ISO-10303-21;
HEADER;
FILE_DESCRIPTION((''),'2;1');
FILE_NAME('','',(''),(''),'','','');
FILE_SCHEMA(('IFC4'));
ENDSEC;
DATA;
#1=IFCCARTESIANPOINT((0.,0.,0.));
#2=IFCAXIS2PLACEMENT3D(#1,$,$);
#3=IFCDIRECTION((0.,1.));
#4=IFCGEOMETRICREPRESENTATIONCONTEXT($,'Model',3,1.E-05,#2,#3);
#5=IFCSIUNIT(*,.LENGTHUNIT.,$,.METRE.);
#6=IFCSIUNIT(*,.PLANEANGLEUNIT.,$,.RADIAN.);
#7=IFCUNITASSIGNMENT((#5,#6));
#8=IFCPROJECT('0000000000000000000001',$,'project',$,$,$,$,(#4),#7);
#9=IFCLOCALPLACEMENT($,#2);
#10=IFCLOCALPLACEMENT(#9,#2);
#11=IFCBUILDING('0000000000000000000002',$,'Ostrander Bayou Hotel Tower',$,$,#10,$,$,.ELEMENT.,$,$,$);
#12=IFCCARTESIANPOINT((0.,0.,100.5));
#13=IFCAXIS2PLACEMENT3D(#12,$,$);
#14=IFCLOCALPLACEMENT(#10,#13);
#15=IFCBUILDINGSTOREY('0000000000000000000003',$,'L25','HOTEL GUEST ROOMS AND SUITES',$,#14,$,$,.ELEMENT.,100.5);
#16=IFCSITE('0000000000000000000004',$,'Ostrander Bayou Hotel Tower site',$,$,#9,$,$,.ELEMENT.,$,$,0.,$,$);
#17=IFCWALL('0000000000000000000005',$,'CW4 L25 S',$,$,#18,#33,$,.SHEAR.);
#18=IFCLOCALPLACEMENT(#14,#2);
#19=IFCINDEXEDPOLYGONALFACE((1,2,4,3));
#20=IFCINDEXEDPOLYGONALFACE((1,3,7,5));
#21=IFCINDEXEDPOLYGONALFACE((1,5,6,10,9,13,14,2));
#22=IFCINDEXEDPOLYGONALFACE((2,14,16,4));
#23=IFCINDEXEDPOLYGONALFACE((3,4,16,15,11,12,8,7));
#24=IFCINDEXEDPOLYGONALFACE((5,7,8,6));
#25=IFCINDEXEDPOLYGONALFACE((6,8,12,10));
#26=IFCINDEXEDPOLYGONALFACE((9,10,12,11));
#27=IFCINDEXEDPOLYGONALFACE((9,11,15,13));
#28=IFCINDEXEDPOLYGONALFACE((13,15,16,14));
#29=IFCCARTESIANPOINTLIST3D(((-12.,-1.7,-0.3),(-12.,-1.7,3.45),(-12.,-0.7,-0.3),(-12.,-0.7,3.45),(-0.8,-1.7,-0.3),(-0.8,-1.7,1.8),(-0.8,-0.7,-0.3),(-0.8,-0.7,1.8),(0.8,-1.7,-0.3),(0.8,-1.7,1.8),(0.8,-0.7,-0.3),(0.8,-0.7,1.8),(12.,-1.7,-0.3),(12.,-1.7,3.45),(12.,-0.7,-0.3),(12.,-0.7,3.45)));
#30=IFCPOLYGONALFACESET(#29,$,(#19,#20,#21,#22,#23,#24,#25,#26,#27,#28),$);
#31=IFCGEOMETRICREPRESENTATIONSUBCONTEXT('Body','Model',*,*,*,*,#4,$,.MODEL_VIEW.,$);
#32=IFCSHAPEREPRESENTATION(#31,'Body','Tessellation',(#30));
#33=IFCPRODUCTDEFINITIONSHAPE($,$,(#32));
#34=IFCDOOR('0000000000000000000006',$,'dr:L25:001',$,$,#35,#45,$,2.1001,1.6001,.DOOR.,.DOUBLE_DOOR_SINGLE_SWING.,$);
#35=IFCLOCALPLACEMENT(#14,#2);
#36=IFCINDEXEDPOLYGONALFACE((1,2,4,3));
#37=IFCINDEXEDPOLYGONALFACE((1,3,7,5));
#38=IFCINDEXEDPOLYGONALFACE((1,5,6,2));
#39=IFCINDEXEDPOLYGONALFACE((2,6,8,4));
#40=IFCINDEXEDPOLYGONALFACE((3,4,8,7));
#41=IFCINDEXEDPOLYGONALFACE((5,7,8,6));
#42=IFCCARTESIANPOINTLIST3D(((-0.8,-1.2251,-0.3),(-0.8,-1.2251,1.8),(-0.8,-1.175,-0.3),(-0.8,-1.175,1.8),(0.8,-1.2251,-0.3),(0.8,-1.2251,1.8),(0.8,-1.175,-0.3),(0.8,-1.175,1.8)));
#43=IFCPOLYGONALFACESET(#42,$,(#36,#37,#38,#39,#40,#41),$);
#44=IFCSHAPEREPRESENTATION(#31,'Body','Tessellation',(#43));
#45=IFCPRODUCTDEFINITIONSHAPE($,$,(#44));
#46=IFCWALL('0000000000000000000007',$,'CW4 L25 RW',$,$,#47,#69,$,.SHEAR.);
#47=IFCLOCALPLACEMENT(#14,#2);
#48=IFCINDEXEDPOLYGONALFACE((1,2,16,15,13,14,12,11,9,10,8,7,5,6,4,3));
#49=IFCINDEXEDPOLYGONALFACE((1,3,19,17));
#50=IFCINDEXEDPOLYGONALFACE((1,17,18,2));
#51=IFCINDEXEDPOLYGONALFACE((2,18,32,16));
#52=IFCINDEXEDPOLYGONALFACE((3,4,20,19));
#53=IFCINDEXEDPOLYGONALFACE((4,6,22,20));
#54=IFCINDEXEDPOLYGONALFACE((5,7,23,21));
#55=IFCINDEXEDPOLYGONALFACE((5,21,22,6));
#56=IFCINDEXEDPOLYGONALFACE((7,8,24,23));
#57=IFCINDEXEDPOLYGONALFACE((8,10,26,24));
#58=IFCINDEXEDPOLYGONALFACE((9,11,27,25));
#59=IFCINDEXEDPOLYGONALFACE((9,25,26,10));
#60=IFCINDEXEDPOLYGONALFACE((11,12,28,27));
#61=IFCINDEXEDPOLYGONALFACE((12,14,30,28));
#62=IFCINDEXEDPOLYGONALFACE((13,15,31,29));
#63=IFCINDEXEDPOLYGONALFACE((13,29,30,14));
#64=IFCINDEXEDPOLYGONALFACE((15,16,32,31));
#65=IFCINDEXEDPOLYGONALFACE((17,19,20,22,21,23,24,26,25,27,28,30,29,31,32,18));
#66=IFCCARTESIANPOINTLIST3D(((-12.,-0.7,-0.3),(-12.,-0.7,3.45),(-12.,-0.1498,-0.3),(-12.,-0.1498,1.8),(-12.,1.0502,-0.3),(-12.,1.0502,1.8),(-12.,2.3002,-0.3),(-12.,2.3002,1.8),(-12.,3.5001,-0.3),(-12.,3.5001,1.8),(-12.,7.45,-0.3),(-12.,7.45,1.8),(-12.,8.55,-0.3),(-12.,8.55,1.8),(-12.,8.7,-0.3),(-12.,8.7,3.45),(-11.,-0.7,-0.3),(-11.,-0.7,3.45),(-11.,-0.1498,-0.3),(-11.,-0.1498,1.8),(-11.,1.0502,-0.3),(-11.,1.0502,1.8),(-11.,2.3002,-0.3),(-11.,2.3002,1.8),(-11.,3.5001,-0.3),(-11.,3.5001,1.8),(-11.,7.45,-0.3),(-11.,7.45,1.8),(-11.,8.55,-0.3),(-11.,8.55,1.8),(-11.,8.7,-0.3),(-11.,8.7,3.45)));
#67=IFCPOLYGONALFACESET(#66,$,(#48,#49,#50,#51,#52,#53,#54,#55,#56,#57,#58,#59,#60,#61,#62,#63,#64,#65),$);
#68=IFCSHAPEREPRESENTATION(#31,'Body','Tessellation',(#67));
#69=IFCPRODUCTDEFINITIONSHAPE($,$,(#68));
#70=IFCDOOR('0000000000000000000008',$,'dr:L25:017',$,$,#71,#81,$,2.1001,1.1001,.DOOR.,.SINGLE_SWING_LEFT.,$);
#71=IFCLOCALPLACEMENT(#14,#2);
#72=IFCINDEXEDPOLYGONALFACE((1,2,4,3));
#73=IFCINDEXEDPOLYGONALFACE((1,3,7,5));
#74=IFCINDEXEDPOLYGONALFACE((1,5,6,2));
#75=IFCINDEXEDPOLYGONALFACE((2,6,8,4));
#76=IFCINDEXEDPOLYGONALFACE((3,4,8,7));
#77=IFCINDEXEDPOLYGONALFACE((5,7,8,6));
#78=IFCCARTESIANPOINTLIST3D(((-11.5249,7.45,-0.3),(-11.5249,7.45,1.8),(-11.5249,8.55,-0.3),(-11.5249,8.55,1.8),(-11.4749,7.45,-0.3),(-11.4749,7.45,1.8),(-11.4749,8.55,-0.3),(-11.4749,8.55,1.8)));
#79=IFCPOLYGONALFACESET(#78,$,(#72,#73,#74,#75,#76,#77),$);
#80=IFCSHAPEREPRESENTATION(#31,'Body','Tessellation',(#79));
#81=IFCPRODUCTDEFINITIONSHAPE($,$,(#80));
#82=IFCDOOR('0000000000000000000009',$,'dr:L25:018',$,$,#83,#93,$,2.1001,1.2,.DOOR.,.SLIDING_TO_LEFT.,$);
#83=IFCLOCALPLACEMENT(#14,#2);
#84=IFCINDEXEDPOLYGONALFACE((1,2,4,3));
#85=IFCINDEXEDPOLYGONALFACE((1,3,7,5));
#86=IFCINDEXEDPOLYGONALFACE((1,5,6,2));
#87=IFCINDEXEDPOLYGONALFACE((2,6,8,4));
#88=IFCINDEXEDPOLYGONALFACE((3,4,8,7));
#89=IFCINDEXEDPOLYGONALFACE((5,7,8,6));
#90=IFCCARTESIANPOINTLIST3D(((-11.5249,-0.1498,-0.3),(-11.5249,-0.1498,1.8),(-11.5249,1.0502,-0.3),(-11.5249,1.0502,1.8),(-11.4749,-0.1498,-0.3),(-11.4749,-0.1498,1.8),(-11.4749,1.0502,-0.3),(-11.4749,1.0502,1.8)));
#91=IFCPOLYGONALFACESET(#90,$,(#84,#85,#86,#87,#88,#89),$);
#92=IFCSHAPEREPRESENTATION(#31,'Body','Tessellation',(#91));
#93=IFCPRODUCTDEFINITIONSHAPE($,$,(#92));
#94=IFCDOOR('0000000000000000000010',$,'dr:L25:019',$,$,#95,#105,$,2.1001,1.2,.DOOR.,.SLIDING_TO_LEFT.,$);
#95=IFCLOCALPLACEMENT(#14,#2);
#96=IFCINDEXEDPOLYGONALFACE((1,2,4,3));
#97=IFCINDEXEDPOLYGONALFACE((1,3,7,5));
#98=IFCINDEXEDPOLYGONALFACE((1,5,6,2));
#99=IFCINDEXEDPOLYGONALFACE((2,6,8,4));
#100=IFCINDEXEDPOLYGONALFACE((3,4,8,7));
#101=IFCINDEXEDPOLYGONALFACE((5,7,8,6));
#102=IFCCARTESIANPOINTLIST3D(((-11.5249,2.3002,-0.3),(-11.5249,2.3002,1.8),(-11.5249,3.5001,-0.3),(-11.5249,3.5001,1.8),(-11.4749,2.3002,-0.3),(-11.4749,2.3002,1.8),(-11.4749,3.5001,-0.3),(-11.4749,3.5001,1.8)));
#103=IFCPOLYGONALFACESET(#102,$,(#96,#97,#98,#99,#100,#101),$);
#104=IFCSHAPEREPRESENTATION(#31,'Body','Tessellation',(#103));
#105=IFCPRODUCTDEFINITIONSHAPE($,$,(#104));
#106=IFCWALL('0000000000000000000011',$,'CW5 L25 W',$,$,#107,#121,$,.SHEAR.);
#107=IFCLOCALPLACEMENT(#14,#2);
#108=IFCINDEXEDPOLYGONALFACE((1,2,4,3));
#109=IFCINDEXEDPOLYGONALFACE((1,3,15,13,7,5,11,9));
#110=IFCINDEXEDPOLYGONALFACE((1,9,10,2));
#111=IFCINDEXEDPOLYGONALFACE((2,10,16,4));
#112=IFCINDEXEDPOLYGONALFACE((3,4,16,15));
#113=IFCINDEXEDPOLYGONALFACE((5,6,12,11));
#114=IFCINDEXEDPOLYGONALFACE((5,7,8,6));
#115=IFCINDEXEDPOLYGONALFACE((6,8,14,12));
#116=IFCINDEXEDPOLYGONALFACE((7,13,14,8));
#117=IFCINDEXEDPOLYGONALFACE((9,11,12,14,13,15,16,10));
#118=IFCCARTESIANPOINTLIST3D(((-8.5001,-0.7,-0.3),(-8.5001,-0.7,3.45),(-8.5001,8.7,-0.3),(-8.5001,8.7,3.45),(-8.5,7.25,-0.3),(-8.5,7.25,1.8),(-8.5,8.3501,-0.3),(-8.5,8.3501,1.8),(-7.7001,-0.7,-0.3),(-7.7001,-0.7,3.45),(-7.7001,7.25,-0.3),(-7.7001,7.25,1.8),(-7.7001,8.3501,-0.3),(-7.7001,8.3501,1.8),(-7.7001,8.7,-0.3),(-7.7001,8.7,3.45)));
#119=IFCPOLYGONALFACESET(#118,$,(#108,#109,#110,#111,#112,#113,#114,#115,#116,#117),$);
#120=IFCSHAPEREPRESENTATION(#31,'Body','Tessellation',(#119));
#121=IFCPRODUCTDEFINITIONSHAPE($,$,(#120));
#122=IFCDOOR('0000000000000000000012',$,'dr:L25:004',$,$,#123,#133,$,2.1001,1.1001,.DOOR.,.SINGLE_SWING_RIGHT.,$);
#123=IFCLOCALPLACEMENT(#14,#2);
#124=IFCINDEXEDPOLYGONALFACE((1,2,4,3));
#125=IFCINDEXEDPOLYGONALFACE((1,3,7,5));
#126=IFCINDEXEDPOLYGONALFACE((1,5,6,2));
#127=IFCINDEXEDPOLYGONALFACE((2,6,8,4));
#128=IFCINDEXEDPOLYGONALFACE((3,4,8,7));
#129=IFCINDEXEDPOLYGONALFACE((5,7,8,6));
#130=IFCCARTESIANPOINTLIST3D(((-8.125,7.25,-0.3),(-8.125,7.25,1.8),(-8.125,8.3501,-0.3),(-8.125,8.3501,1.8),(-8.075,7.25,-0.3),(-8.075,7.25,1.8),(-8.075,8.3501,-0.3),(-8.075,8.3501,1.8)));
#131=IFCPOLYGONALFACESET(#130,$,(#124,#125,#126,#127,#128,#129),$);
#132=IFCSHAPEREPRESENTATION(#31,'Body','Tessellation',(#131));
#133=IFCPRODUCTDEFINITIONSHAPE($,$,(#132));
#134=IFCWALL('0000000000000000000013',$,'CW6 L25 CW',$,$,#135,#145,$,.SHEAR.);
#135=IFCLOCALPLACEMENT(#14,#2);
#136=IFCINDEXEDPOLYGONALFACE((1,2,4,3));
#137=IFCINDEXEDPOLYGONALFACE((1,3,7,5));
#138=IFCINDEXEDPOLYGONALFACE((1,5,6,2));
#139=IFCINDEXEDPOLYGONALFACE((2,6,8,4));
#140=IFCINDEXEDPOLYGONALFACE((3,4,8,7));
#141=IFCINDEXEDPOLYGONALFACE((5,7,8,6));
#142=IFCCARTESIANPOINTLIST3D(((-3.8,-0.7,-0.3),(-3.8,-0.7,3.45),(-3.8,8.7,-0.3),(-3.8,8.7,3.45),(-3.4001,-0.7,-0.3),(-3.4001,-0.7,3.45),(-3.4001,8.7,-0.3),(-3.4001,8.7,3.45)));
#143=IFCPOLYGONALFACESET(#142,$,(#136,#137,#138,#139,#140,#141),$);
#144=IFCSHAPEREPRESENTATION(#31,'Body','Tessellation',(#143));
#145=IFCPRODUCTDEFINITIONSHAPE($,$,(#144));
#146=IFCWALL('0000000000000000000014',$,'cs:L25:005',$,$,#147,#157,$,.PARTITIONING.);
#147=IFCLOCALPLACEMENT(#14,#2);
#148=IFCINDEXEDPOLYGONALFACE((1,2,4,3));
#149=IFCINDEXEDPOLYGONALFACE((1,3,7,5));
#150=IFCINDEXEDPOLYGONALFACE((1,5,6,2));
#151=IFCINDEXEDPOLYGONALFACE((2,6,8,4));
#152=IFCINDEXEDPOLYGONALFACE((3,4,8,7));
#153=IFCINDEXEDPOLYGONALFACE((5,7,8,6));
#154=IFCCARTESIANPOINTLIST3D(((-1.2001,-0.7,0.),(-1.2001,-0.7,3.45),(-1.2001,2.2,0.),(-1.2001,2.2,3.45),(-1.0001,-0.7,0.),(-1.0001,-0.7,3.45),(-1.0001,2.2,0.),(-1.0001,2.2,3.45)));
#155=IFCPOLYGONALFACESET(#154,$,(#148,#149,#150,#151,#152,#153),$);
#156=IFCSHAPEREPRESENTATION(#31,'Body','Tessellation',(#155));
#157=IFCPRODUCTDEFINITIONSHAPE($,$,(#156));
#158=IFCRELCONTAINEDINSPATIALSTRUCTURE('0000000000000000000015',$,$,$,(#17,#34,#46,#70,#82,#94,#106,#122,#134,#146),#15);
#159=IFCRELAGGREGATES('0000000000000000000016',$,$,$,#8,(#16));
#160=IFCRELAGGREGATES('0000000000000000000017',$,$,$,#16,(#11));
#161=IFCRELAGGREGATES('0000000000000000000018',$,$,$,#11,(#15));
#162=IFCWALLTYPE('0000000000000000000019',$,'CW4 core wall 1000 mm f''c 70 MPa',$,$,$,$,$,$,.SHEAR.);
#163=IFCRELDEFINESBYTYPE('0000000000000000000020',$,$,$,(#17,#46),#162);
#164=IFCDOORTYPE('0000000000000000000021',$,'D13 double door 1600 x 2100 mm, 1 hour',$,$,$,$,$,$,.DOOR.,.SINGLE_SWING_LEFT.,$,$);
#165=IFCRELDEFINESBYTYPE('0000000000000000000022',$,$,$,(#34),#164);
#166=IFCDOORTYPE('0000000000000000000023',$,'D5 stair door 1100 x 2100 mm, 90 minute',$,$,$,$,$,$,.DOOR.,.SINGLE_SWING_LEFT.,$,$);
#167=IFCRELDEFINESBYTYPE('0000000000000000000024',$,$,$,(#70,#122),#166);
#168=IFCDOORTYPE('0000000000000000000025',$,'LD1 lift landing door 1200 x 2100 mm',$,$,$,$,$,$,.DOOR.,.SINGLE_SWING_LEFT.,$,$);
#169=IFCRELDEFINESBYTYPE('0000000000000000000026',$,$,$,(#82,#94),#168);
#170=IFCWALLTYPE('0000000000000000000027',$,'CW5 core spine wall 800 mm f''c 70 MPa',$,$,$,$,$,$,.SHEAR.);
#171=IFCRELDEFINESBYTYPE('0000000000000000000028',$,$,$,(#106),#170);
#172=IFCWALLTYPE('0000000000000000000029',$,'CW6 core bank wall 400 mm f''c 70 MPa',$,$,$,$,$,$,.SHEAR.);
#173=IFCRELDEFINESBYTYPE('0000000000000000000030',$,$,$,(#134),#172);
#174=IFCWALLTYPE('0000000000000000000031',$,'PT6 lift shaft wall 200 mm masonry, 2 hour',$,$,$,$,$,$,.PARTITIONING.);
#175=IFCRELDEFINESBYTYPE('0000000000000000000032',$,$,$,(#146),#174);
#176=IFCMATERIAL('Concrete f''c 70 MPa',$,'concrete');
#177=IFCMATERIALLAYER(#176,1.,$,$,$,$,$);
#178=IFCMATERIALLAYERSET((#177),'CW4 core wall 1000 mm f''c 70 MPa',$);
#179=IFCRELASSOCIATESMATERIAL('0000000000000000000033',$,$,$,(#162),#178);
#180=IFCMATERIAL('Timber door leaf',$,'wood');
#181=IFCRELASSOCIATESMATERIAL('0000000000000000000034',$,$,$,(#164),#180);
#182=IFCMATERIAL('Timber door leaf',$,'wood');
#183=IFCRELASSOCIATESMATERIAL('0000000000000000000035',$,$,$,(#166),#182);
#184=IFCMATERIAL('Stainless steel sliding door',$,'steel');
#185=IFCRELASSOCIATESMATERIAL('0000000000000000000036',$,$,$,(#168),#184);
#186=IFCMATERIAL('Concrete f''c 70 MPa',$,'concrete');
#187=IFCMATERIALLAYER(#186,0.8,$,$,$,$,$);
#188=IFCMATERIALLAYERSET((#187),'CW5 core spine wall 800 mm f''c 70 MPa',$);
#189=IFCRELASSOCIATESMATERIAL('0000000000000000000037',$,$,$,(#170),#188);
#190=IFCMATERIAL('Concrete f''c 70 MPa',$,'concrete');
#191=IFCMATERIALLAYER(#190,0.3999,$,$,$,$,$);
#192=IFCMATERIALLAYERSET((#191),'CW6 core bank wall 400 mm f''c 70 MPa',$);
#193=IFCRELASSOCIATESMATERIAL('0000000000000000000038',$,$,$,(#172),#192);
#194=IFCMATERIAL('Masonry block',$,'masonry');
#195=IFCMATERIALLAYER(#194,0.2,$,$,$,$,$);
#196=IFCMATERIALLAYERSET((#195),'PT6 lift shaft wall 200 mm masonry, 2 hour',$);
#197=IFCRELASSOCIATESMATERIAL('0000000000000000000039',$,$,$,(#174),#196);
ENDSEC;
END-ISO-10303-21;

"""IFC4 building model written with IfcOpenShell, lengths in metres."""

from ifc_helpers import new_model, si_unit, direction, frame, frame_2d, origin, place, context, subcontext, project, spatial, rectangle, extrude, material, layer, layer_set, type_object, element, fill, save


model = new_model("IFC4")

# Units and contexts
model_context = context("Model", 3, precision=1e-05, world=origin(), true_north=direction((0.0, 1.0)))
body_context = subcontext(model_context, "Body", "Model", "MODEL_VIEW")
ifc_project = project(units=[si_unit("LENGTHUNIT", "METRE"), si_unit("PLANEANGLEUNIT", "RADIAN")], contexts=[model_context])

# Site, building, storey
site_placement = place(None, origin())
site = spatial("IfcSite", under=ifc_project, at=site_placement, Name="Ostrander Bayou Hotel Tower site", CompositionType="ELEMENT", RefElevation=0.0)
building_placement = place(site_placement, origin())
building = spatial("IfcBuilding", under=site, at=building_placement, Name="Ostrander Bayou Hotel Tower", CompositionType="ELEMENT")
storey_placement = place(building_placement, frame((0.0, 0.0, 100.5)))
storey = spatial("IfcBuildingStorey", under=building, at=storey_placement, Name="L25", Description="HOTEL GUEST ROOMS AND SUITES", CompositionType="ELEMENT", Elevation=100.5)

# Wall, opening, door
ifc_material_1 = material(Name="Concrete f'c 70 MPa", Category="concrete")
ifc_layer_1 = layer(ifc_material_1, 1.0)
ifc_layer_set_1 = layer_set([ifc_layer_1], Name="CW4 core wall 1000 mm f'c 70 MPa")
wall_type_1 = type_object("IfcWallType", Name="CW4 core wall 1000 mm f'c 70 MPa", PredefinedType="SHEAR", material=ifc_layer_set_1)
wall_1_placement = place(storey_placement, frame((-12.0, -1.2, -0.3), z_axis=(0.0, 0.0, 1.0), x_axis=(1.0, 0.0, 0.0)))
wall_1 = element("IfcWall", 1, at=wall_1_placement, inside=storey, type_object=wall_type_1, Name="CW4 L25 S", PredefinedType="SHEAR", context=body_context, shape_type="SweptSolid", body=[
    extrude(rectangle(XDim=24.0, YDim=1.0, at=frame_2d((12.0, 0.0))), origin(), (0.0, 0.0, 1.0), 3.75),
])
opening_1_placement = place(wall_1_placement, frame((11.2, 0.0, 0.0)))
opening_1 = element("IfcOpeningElement", 2, at=opening_1_placement, cuts=wall_1, PredefinedType="OPENING", context=body_context, shape_type="SweptSolid", body=[
    extrude(rectangle(XDim=1.6001, YDim=2.1001, at=frame_2d((0.8, 1.05))), frame((0.0, 0.5, 0.0), z_axis=(0.0, -1.0, 0.0), x_axis=(1.0, 0.0, 0.0)), (0.0, 0.0, 1.0), 1.0),
])
ifc_material_2 = material(Name="Timber door leaf", Category="wood")
door_type_1 = type_object("IfcDoorType", Name="D13 double door 1600 x 2100 mm, 1 hour", OperationType="SINGLE_SWING_LEFT", PredefinedType="DOOR", material=ifc_material_2)
door_1_placement = place(opening_1_placement, origin())
door_1 = element("IfcDoor", 3, at=door_1_placement, inside=storey, type_object=door_type_1, Name="dr:L25:001", OperationType="DOUBLE_DOOR_SINGLE_SWING", OverallHeight=2.1001, OverallWidth=1.6001, PredefinedType="DOOR", context=body_context, shape_type="SweptSolid", body=[
    extrude(rectangle(XDim=1.6001, YDim=2.1001, at=frame_2d((0.8, 1.05))), frame((0.0, 0.0249, 0.0), z_axis=(0.0, -1.0, 0.0), x_axis=(1.0, 0.0, 0.0)), (0.0, 0.0, 1.0), 0.05),
])
fill(opening_1, door_1)

# Wall, openings, doors
wall_2_placement = place(storey_placement, frame((-11.5, -0.7, -0.3), z_axis=(0.0, 0.0, 1.0), x_axis=(0.0, 1.0, 0.0)))
wall_2 = element("IfcWall", 4, at=wall_2_placement, inside=storey, type_object=wall_type_1, Name="CW4 L25 RW", PredefinedType="SHEAR", context=body_context, shape_type="SweptSolid", body=[
    extrude(rectangle(XDim=9.3999, YDim=1.0, at=frame_2d((4.7, 0.0))), origin(), (0.0, 0.0, 1.0), 3.75),
])
opening_2_placement = place(wall_2_placement, frame((8.1499, 0.0, 0.0)))
opening_2 = element("IfcOpeningElement", 5, at=opening_2_placement, cuts=wall_2, PredefinedType="OPENING", context=body_context, shape_type="SweptSolid", body=[
    extrude(rectangle(XDim=1.1001, YDim=2.1001, at=frame_2d((0.55, 1.05))), frame((0.0, 0.5, 0.0), z_axis=(0.0, -1.0, 0.0), x_axis=(1.0, 0.0, 0.0)), (0.0, 0.0, 1.0), 1.0),
])
opening_3_placement = place(wall_2_placement, frame((0.55, 0.0, 0.0)))
opening_3 = element("IfcOpeningElement", 6, at=opening_3_placement, cuts=wall_2, PredefinedType="OPENING", context=body_context, shape_type="SweptSolid", body=[
    extrude(rectangle(XDim=1.2, YDim=2.1001, at=frame_2d((0.6001, 1.05))), frame((0.0, 0.5, 0.0), z_axis=(0.0, -1.0, 0.0), x_axis=(1.0, 0.0, 0.0)), (0.0, 0.0, 1.0), 1.0),
])
opening_4_placement = place(wall_2_placement, frame((3.0, 0.0, 0.0)))
opening_4 = element("IfcOpeningElement", 7, at=opening_4_placement, cuts=wall_2, PredefinedType="OPENING", context=body_context, shape_type="SweptSolid", body=[
    extrude(rectangle(XDim=1.2, YDim=2.1001, at=frame_2d((0.6001, 1.05))), frame((0.0, 0.5, 0.0), z_axis=(0.0, -1.0, 0.0), x_axis=(1.0, 0.0, 0.0)), (0.0, 0.0, 1.0), 1.0),
])
ifc_material_3 = material(Name="Timber door leaf", Category="wood")
door_type_2 = type_object("IfcDoorType", Name="D5 stair door 1100 x 2100 mm, 90 minute", OperationType="SINGLE_SWING_LEFT", PredefinedType="DOOR", material=ifc_material_3)
door_2_placement = place(opening_2_placement, origin())
door_2 = element("IfcDoor", 8, at=door_2_placement, inside=storey, type_object=door_type_2, Name="dr:L25:017", OperationType="SINGLE_SWING_LEFT", OverallHeight=2.1001, OverallWidth=1.1001, PredefinedType="DOOR", context=body_context, shape_type="SweptSolid", body=[
    extrude(rectangle(XDim=1.1001, YDim=2.1001, at=frame_2d((0.55, 1.05))), frame((0.0, 0.0249, 0.0), z_axis=(0.0, -1.0, 0.0), x_axis=(1.0, 0.0, 0.0)), (0.0, 0.0, 1.0), 0.05),
])
fill(opening_2, door_2)
ifc_material_4 = material(Name="Stainless steel sliding door", Category="steel")
door_type_3 = type_object("IfcDoorType", Name="LD1 lift landing door 1200 x 2100 mm", OperationType="SINGLE_SWING_LEFT", PredefinedType="DOOR", material=ifc_material_4)
door_3_placement = place(opening_3_placement, origin())
door_3 = element("IfcDoor", 9, at=door_3_placement, inside=storey, type_object=door_type_3, Name="dr:L25:018", OperationType="SLIDING_TO_LEFT", OverallHeight=2.1001, OverallWidth=1.2, PredefinedType="DOOR", context=body_context, shape_type="SweptSolid", body=[
    extrude(rectangle(XDim=1.2, YDim=2.1001, at=frame_2d((0.6001, 1.05))), frame((0.0, 0.0249, 0.0), z_axis=(0.0, -1.0, 0.0), x_axis=(1.0, 0.0, 0.0)), (0.0, 0.0, 1.0), 0.05),
])
fill(opening_3, door_3)
door_4_placement = place(opening_4_placement, origin())
door_4 = element("IfcDoor", 10, at=door_4_placement, inside=storey, type_object=door_type_3, Name="dr:L25:019", OperationType="SLIDING_TO_LEFT", OverallHeight=2.1001, OverallWidth=1.2, PredefinedType="DOOR", context=body_context, shape_type="SweptSolid", body=[
    extrude(rectangle(XDim=1.2, YDim=2.1001, at=frame_2d((0.6001, 1.05))), frame((0.0, 0.0249, 0.0), z_axis=(0.0, -1.0, 0.0), x_axis=(1.0, 0.0, 0.0)), (0.0, 0.0, 1.0), 0.05),
])
fill(opening_4, door_4)

# Wall, opening, door
ifc_material_5 = material(Name="Concrete f'c 70 MPa", Category="concrete")
ifc_layer_2 = layer(ifc_material_5, 0.8)
ifc_layer_set_2 = layer_set([ifc_layer_2], Name="CW5 core spine wall 800 mm f'c 70 MPa")
wall_type_2 = type_object("IfcWallType", Name="CW5 core spine wall 800 mm f'c 70 MPa", PredefinedType="SHEAR", material=ifc_layer_set_2)
wall_3_placement = place(storey_placement, frame((-8.1001, -0.7, -0.3), z_axis=(0.0, 0.0, 1.0), x_axis=(0.0, 1.0, 0.0)))
wall_3 = element("IfcWall", 11, at=wall_3_placement, inside=storey, type_object=wall_type_2, Name="CW5 L25 W", PredefinedType="SHEAR", context=body_context, shape_type="SweptSolid", body=[
    extrude(rectangle(XDim=9.3999, YDim=0.8, at=frame_2d((4.7, 0.0))), origin(), (0.0, 0.0, 1.0), 3.75),
])
opening_5_placement = place(wall_3_placement, frame((7.95, 0.0, 0.0)))
opening_5 = element("IfcOpeningElement", 12, at=opening_5_placement, cuts=wall_3, PredefinedType="OPENING", context=body_context, shape_type="SweptSolid", body=[
    extrude(rectangle(XDim=1.1001, YDim=2.1001, at=frame_2d((0.55, 1.05))), frame((0.0, 0.3999, 0.0), z_axis=(0.0, -1.0, 0.0), x_axis=(1.0, 0.0, 0.0)), (0.0, 0.0, 1.0), 0.8),
])
door_5_placement = place(opening_5_placement, origin())
door_5 = element("IfcDoor", 13, at=door_5_placement, inside=storey, type_object=door_type_2, Name="dr:L25:004", OperationType="SINGLE_SWING_RIGHT", OverallHeight=2.1001, OverallWidth=1.1001, PredefinedType="DOOR", context=body_context, shape_type="SweptSolid", body=[
    extrude(rectangle(XDim=1.1001, YDim=2.1001, at=frame_2d((0.55, 1.05))), frame((0.0, 0.0249, 0.0), z_axis=(0.0, -1.0, 0.0), x_axis=(1.0, 0.0, 0.0)), (0.0, 0.0, 1.0), 0.05),
])
fill(opening_5, door_5)

# Walls
ifc_material_6 = material(Name="Concrete f'c 70 MPa", Category="concrete")
ifc_layer_3 = layer(ifc_material_6, 0.3999)
ifc_layer_set_3 = layer_set([ifc_layer_3], Name="CW6 core bank wall 400 mm f'c 70 MPa")
wall_type_3 = type_object("IfcWallType", Name="CW6 core bank wall 400 mm f'c 70 MPa", PredefinedType="SHEAR", material=ifc_layer_set_3)
wall_4_placement = place(storey_placement, frame((-3.6001, -0.7, -0.3), z_axis=(0.0, 0.0, 1.0), x_axis=(0.0, 1.0, 0.0)))
element("IfcWall", 14, at=wall_4_placement, inside=storey, type_object=wall_type_3, Name="CW6 L25 CW", PredefinedType="SHEAR", context=body_context, shape_type="SweptSolid", body=[
    extrude(rectangle(XDim=9.3999, YDim=0.3999, at=frame_2d((4.7, 0.0))), origin(), (0.0, 0.0, 1.0), 3.75),
])
ifc_material_7 = material(Name="Masonry block", Category="masonry")
ifc_layer_4 = layer(ifc_material_7, 0.2)
ifc_layer_set_4 = layer_set([ifc_layer_4], Name="PT6 lift shaft wall 200 mm masonry, 2 hour")
wall_type_4 = type_object("IfcWallType", Name="PT6 lift shaft wall 200 mm masonry, 2 hour", PredefinedType="PARTITIONING", material=ifc_layer_set_4)
wall_5_placement = place(storey_placement, frame((-1.1001, -0.7, 0.0), z_axis=(0.0, 0.0, 1.0), x_axis=(0.0, 1.0, 0.0)))
element("IfcWall", 15, at=wall_5_placement, inside=storey, type_object=wall_type_4, Name="cs:L25:005", PredefinedType="PARTITIONING", context=body_context, shape_type="SweptSolid", body=[
    extrude(rectangle(XDim=2.8999, YDim=0.2, at=frame_2d((1.45, 0.0))), origin(), (0.0, 0.0, 1.0), 3.45),
])

save(model, "model.ifc")
